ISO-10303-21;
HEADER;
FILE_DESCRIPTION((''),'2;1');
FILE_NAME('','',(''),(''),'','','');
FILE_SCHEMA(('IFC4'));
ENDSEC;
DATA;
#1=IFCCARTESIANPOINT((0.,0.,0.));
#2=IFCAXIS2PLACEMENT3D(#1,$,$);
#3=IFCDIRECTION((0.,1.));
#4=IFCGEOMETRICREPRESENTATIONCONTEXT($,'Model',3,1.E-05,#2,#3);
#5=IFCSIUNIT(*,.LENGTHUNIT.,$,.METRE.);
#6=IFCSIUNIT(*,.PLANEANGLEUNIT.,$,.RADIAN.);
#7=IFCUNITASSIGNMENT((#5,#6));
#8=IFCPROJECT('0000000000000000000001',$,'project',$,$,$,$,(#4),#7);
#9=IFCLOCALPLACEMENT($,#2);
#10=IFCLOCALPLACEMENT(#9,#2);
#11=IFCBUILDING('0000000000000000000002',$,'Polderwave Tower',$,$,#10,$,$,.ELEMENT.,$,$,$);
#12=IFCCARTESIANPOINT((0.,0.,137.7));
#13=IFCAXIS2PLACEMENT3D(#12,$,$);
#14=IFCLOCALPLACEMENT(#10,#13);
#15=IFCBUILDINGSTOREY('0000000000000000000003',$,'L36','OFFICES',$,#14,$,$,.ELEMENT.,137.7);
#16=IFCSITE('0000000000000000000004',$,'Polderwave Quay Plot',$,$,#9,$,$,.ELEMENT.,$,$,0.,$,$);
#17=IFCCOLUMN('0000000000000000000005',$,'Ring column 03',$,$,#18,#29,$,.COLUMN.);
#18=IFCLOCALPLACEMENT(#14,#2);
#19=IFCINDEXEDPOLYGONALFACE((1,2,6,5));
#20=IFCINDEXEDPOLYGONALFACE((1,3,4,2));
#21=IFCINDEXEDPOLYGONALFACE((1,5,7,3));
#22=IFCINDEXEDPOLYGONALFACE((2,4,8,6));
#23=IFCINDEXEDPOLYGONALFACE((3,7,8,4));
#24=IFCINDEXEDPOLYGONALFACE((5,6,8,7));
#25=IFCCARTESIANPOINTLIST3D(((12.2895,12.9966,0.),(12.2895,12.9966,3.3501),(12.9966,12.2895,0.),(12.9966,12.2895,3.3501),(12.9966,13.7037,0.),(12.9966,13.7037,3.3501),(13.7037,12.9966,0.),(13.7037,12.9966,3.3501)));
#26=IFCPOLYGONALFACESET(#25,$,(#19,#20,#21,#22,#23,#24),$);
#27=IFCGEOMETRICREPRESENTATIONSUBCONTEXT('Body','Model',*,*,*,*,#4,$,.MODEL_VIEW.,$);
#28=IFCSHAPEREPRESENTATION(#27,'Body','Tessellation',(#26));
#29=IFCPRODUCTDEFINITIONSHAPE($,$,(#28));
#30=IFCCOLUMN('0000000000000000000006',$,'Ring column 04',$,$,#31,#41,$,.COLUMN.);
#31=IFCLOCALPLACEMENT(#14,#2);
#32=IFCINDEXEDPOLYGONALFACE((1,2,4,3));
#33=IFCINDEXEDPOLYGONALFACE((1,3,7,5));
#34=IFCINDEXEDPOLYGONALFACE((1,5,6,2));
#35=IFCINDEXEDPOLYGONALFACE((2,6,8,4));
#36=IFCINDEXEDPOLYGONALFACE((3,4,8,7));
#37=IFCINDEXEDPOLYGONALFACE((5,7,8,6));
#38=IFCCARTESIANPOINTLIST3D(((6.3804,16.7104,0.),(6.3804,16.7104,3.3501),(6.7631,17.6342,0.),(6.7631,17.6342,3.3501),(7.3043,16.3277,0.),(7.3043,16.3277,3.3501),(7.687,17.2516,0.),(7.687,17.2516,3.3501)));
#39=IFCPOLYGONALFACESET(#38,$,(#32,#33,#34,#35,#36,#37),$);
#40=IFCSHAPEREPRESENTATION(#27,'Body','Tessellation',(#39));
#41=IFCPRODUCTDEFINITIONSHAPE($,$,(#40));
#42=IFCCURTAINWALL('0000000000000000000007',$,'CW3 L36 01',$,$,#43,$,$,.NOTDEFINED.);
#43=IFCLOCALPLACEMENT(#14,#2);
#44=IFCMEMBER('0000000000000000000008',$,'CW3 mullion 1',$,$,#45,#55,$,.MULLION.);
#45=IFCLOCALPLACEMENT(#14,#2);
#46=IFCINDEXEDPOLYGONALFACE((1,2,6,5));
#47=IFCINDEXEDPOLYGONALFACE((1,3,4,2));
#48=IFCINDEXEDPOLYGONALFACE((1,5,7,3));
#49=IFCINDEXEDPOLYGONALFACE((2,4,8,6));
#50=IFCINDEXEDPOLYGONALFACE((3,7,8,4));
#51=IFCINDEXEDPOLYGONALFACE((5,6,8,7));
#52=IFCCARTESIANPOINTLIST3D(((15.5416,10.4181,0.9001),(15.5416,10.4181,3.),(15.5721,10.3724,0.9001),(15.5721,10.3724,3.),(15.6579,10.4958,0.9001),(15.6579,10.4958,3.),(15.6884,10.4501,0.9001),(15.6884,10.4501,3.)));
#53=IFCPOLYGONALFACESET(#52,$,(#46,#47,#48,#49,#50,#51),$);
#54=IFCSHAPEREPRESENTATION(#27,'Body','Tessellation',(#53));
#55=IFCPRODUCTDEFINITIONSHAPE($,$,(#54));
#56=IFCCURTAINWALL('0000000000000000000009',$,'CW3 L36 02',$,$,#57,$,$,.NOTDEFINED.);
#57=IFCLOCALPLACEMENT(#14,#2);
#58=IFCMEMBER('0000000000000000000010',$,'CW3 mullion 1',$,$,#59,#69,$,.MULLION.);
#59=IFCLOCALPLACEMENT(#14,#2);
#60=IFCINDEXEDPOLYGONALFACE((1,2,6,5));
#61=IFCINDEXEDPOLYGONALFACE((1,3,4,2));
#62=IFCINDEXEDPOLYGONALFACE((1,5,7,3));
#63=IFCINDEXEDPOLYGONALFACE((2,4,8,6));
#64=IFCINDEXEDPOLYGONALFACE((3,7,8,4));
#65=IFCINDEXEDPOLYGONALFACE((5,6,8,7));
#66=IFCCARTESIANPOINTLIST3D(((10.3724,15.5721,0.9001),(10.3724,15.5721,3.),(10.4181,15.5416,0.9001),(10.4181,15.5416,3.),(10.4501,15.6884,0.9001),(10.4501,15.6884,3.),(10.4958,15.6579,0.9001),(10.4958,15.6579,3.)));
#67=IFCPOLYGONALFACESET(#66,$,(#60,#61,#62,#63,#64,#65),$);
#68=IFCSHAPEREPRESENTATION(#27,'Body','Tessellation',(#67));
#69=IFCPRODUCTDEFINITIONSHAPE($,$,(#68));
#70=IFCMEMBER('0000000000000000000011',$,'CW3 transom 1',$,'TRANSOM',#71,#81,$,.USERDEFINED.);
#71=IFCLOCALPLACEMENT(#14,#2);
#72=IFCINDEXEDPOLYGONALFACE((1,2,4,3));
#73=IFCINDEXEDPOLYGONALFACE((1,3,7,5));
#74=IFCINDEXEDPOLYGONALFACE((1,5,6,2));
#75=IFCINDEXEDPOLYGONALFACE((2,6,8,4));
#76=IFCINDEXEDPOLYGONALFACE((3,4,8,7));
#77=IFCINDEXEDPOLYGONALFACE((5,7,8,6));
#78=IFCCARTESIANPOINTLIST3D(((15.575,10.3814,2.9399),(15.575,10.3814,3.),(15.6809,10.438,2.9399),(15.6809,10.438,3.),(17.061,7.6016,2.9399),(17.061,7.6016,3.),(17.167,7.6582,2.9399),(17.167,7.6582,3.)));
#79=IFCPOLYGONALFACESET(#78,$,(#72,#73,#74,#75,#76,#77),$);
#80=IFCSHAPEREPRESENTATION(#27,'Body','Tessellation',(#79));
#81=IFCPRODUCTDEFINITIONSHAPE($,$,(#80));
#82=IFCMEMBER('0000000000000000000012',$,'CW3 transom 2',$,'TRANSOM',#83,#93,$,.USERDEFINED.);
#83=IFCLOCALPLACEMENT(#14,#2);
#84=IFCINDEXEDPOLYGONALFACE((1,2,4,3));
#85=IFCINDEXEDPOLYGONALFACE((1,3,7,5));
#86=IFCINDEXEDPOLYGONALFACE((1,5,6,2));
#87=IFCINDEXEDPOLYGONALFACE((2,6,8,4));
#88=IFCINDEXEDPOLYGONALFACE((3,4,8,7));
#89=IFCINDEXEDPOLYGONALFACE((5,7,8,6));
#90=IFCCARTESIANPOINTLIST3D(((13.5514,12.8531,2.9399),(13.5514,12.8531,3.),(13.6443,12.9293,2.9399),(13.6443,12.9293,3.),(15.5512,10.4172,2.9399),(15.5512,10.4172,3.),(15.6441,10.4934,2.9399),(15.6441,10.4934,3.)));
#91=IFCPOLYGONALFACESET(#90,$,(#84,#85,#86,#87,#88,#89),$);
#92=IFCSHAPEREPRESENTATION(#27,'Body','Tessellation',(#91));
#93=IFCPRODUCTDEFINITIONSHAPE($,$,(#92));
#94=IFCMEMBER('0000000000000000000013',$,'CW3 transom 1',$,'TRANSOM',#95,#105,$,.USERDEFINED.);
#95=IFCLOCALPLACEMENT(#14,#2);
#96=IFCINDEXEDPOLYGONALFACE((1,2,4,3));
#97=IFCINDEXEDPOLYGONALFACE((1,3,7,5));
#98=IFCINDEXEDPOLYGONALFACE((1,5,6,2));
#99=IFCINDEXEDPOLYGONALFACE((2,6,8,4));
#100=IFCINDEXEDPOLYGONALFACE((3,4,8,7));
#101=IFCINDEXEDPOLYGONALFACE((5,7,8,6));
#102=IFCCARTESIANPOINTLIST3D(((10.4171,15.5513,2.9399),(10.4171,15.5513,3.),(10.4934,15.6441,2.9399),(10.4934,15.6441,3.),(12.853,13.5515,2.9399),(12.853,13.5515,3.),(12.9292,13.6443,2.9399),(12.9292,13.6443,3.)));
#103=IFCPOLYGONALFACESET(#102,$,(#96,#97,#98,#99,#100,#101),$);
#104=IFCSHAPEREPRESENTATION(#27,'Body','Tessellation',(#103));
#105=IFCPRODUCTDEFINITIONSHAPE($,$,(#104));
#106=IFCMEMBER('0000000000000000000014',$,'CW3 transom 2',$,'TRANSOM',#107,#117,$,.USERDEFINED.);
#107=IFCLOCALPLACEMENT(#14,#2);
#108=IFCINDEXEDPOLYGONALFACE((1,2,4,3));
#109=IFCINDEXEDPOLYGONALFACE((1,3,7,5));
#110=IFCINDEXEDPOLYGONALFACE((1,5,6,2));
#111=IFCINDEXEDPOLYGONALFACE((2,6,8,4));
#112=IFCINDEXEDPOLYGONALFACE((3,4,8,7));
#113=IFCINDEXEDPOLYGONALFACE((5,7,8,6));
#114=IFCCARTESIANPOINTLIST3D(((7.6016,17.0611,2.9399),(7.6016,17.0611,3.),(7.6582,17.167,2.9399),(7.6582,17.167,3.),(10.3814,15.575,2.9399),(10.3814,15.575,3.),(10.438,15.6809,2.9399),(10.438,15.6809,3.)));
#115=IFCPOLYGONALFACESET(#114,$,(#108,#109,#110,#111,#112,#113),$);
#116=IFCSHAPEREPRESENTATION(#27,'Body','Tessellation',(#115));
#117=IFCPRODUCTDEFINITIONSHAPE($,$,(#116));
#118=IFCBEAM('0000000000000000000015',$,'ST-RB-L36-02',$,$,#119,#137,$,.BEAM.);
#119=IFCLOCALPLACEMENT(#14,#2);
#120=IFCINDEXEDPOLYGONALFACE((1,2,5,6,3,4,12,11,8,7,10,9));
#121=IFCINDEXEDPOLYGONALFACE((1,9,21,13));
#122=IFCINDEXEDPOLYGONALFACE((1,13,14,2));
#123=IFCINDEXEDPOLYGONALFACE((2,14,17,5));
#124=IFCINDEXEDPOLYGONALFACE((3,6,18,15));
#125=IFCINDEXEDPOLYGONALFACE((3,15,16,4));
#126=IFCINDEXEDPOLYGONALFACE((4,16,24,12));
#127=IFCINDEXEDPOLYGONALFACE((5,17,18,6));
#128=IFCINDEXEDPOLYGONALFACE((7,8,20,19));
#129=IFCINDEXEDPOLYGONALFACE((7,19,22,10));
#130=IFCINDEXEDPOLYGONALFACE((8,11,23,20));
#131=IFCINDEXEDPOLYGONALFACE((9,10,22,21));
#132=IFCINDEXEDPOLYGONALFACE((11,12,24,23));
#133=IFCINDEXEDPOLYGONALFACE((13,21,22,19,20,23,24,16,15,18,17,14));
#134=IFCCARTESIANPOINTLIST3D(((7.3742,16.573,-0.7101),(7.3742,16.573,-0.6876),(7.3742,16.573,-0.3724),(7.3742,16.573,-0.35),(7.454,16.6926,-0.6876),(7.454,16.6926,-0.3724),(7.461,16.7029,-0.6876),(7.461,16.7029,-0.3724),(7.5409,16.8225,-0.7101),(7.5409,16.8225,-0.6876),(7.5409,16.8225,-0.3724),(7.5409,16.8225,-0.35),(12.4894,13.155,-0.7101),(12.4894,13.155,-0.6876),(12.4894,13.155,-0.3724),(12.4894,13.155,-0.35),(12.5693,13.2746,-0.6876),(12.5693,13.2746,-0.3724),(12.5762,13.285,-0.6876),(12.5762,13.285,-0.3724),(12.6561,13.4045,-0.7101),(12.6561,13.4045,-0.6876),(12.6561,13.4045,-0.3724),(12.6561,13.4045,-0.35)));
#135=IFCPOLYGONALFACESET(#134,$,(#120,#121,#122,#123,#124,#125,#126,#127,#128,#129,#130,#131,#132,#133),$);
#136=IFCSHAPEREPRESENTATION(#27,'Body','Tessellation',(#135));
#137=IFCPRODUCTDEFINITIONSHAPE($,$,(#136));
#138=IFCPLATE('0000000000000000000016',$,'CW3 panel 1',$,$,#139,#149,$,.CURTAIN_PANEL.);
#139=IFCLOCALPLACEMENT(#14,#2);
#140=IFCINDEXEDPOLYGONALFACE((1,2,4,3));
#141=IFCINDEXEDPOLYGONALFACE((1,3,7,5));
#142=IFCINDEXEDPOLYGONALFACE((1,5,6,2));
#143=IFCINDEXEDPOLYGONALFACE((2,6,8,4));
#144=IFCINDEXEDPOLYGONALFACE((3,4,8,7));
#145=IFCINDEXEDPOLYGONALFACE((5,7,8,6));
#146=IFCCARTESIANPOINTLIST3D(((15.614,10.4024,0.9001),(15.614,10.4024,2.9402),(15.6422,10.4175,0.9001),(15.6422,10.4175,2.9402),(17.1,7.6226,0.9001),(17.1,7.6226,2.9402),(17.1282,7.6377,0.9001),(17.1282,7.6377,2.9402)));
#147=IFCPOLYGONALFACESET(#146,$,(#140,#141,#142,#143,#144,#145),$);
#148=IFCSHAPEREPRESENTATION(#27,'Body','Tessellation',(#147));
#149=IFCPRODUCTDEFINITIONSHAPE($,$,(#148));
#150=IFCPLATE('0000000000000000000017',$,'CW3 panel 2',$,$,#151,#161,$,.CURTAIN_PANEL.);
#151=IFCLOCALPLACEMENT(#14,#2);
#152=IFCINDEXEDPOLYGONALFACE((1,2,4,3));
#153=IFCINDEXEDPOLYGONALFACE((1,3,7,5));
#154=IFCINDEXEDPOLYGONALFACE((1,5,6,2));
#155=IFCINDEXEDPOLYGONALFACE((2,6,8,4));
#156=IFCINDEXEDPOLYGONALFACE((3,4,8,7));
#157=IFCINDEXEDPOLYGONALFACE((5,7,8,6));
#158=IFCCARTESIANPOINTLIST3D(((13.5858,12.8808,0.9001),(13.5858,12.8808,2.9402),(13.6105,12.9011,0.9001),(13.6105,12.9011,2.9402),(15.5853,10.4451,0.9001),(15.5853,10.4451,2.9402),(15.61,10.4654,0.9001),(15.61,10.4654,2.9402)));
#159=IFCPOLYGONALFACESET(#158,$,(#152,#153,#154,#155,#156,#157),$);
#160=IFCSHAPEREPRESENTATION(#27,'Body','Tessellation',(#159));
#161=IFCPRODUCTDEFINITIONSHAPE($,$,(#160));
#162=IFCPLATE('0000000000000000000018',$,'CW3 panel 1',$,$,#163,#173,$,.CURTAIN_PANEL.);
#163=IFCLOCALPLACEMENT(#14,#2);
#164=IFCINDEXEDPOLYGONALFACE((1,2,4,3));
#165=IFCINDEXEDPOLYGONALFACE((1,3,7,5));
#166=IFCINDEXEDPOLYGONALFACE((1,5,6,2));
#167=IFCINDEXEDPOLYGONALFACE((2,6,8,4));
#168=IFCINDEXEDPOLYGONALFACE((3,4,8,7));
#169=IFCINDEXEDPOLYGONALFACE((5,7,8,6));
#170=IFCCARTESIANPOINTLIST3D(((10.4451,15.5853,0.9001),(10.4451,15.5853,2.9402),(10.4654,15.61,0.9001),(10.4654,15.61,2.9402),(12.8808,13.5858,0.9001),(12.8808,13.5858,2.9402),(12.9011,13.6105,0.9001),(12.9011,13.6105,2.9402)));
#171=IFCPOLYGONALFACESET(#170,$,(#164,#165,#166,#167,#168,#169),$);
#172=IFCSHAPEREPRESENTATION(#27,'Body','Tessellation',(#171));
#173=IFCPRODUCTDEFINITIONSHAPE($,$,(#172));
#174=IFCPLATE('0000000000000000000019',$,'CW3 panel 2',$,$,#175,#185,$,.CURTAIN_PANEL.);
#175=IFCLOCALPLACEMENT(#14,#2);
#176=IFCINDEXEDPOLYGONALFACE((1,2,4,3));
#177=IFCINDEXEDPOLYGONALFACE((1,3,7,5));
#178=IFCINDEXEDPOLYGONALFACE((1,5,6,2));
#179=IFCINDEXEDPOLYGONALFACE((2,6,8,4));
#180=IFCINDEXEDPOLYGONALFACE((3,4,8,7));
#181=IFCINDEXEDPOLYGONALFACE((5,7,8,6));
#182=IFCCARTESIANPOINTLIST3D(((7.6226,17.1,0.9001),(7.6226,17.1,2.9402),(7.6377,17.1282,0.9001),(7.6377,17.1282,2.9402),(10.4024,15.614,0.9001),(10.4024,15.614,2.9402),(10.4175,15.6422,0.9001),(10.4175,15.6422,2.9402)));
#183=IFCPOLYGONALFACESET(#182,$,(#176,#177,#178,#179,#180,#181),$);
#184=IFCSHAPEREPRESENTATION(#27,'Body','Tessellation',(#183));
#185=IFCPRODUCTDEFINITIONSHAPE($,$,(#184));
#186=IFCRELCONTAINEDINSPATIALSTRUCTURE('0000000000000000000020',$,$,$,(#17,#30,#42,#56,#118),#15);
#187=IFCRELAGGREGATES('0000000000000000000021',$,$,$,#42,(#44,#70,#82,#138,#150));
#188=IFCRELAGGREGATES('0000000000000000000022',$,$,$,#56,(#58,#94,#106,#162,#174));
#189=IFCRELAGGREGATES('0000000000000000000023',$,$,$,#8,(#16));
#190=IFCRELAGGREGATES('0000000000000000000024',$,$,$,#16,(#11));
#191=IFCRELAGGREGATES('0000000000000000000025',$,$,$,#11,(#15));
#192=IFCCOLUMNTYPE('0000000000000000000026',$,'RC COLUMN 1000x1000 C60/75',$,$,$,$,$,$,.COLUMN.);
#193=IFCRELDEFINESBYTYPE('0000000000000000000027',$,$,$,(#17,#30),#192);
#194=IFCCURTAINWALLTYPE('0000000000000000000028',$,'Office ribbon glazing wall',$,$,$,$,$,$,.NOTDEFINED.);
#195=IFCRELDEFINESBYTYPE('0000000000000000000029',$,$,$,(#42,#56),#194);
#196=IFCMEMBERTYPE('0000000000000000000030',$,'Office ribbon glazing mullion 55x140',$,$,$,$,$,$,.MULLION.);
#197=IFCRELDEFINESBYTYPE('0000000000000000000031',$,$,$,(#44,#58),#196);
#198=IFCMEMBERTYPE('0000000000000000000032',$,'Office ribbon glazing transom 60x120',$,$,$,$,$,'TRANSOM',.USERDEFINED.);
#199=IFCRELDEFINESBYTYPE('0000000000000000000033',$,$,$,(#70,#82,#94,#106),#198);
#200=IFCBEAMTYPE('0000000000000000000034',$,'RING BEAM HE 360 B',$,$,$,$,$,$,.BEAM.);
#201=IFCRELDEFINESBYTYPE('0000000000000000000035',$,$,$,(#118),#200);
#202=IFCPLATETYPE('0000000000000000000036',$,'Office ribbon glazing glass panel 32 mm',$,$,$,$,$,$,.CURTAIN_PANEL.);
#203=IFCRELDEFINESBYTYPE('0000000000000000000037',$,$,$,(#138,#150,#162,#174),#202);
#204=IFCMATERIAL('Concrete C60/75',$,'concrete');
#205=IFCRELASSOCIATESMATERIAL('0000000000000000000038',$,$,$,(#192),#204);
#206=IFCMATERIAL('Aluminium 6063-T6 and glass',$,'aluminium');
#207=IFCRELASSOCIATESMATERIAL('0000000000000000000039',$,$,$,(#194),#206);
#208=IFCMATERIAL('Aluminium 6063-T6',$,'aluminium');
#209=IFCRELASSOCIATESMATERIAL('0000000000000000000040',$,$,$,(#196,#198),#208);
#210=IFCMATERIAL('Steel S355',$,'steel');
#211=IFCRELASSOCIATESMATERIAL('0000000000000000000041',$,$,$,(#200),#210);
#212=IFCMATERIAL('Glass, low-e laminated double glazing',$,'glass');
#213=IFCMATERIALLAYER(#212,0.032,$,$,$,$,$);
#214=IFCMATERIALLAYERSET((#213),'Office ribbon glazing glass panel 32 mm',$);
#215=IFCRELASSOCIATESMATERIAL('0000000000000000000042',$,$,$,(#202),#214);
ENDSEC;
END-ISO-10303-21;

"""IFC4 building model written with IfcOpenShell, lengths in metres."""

from ifc_helpers import new_model, si_unit, direction, frame, origin, origin_2d, place, context, subcontext, project, spatial, rectangle, i_section, extrude, material, layer, layer_set, material_profile, profile_set, type_object, element, aggregate, save


model = new_model("IFC4")

# Units and contexts
model_context = context("Model", 3, precision=1e-05, world=origin(), true_north=direction((0.0, 1.0)))
body_context = subcontext(model_context, "Body", "Model", "MODEL_VIEW")
ifc_project = project(units=[si_unit("LENGTHUNIT", "METRE"), si_unit("PLANEANGLEUNIT", "RADIAN")], contexts=[model_context])

# Site, building, storey
site_placement = place(None, origin())
site = spatial("IfcSite", under=ifc_project, at=site_placement, Name="Polderwave Quay Plot", CompositionType="ELEMENT", RefElevation=0.0)
building_placement = place(site_placement, origin())
building = spatial("IfcBuilding", under=site, at=building_placement, Name="Polderwave Tower", CompositionType="ELEMENT")
storey_placement = place(building_placement, frame((0.0, 0.0, 137.7)))
storey = spatial("IfcBuildingStorey", under=building, at=storey_placement, Name="L36", Description="OFFICES", CompositionType="ELEMENT", Elevation=137.7)

# Columns
ifc_material_1 = material(Name="Concrete C60/75", Category="concrete")
ifc_material_profile_1 = material_profile(ifc_material_1, rectangle(XDim=1.0, YDim=1.0, at=origin_2d()), Name="RC 1000x1000")
ifc_profile_set_1 = profile_set([ifc_material_profile_1], Name="Concrete C60/75")
column_type = type_object("IfcColumnType", Name="RC COLUMN 1000x1000 C60/75", PredefinedType="COLUMN", material=ifc_profile_set_1)
for number, where, z_axis, x_axis, name in (
    (1, (12.9966, 12.9966, 0.0), (0.0, 0.0, 1.0), (0.707107, 0.707107, 0.0), "Ring column 03"),
    (2, (7.0337, 16.981, 0.0), (0.0, 0.0, 1.0), (0.382683, 0.92388, 0.0), "Ring column 04"),
):
    element("IfcColumn", number, at=place(storey_placement, frame(where, z_axis=z_axis, x_axis=x_axis)), inside=storey, type_object=column_type, Name=name, PredefinedType="COLUMN", context=body_context, shape_type="SweptSolid", body=[
        extrude(rectangle(XDim=1.0, YDim=1.0, at=origin_2d()), origin(), (0.0, 0.0, 1.0), 3.3501),
    ])

# Curtain walls, members
ifc_material_2 = material(Name="Aluminium 6063-T6 and glass", Category="aluminium")
curtain_wall_type = type_object("IfcCurtainWallType", Name="Office ribbon glazing wall", PredefinedType="NOTDEFINED", material=ifc_material_2)
curtain_wall_1_placement = place(storey_placement, origin())
curtain_wall_1 = element("IfcCurtainWall", 3, at=curtain_wall_1_placement, inside=storey, type_object=curtain_wall_type, Name="CW3 L36 01", PredefinedType="NOTDEFINED")
ifc_material_3 = material(Name="Aluminium 6063-T6", Category="aluminium")
ifc_material_profile_2 = material_profile(ifc_material_3, rectangle(XDim=0.1399, YDim=0.0549, at=origin_2d()), Name="AL 55x140")
ifc_profile_set_2 = profile_set([ifc_material_profile_2], Name="Aluminium 6063-T6")
member_type_1 = type_object("IfcMemberType", Name="Office ribbon glazing mullion 55x140", PredefinedType="MULLION", material=ifc_profile_set_2)
member_1_placement = place(storey_placement, frame((15.615, 10.4341, 0.9001), z_axis=(0.0, 0.0, 1.0), x_axis=(-0.831411, -0.555657, 0.0)))
member_1 = element("IfcMember", 4, at=member_1_placement, type_object=member_type_1, Name="CW3 mullion 1", PredefinedType="MULLION", context=body_context, shape_type="SweptSolid", body=[
    extrude(rectangle(XDim=0.1399, YDim=0.0549, at=origin_2d()), origin(), (0.0, 0.0, 1.0), 2.0999),
])
curtain_wall_2_placement = place(storey_placement, origin())
curtain_wall_2 = element("IfcCurtainWall", 5, at=curtain_wall_2_placement, inside=storey, type_object=curtain_wall_type, Name="CW3 L36 02", PredefinedType="NOTDEFINED")
member_2_placement = place(storey_placement, frame((10.4341, 15.615, 0.9001), z_axis=(0.0, 0.0, 1.0), x_axis=(-0.555657, -0.831411, 0.0)))
member_2 = element("IfcMember", 6, at=member_2_placement, type_object=member_type_1, Name="CW3 mullion 1", PredefinedType="MULLION", context=body_context, shape_type="SweptSolid", body=[
    extrude(rectangle(XDim=0.1399, YDim=0.0549, at=origin_2d()), origin(), (0.0, 0.0, 1.0), 2.0999),
])

# Members
ifc_material_profile_3 = material_profile(ifc_material_3, rectangle(XDim=0.1201, YDim=0.0601, at=origin_2d()), Name="AL 60x120")
ifc_profile_set_3 = profile_set([ifc_material_profile_3], Name="Aluminium 6063-T6")
member_type_2 = type_object("IfcMemberType", Name="Office ribbon glazing transom 60x120", ElementType="TRANSOM", PredefinedType="USERDEFINED", material=ifc_profile_set_3)
member_3_placement = place(storey_placement, frame((17.114, 7.6299, 2.97), z_axis=(-0.47146, 0.881887, 0.0), x_axis=(-0.881887, -0.47146, 0.0)))
member_3 = element("IfcMember", 7, at=member_3_placement, type_object=member_type_2, Name="CW3 transom 1", ObjectType="TRANSOM", PredefinedType="USERDEFINED", context=body_context, shape_type="SweptSolid", body=[
    extrude(rectangle(XDim=0.1201, YDim=0.0601, at=origin_2d()), origin(), (0.0, 0.0, 1.0), 3.1521),
])
member_4_placement = place(storey_placement, frame((15.5977, 10.4553, 2.97), z_axis=(-0.634536, 0.772893, 0.0), x_axis=(-0.772893, -0.634536, 0.0)))
member_4 = element("IfcMember", 8, at=member_4_placement, type_object=member_type_2, Name="CW3 transom 2", ObjectType="TRANSOM", PredefinedType="USERDEFINED", context=body_context, shape_type="SweptSolid", body=[
    extrude(rectangle(XDim=0.1201, YDim=0.0601, at=origin_2d()), origin(), (0.0, 0.0, 1.0), 3.1516),
])
member_5_placement = place(storey_placement, frame((12.8911, 13.5979, 2.97), z_axis=(-0.772893, 0.634536, 0.0), x_axis=(-0.634536, -0.772893, 0.0)))
member_5 = element("IfcMember", 9, at=member_5_placement, type_object=member_type_2, Name="CW3 transom 1", ObjectType="TRANSOM", PredefinedType="USERDEFINED", context=body_context, shape_type="SweptSolid", body=[
    extrude(rectangle(XDim=0.1201, YDim=0.0601, at=origin_2d()), origin(), (0.0, 0.0, 1.0), 3.1516),
])
member_6_placement = place(storey_placement, frame((10.4097, 15.6279, 2.97), z_axis=(-0.881887, 0.47146, 0.0), x_axis=(-0.47146, -0.881887, 0.0)))
member_6 = element("IfcMember", 10, at=member_6_placement, type_object=member_type_2, Name="CW3 transom 2", ObjectType="TRANSOM", PredefinedType="USERDEFINED", context=body_context, shape_type="SweptSolid", body=[
    extrude(rectangle(XDim=0.1201, YDim=0.0601, at=origin_2d()), origin(), (0.0, 0.0, 1.0), 3.1521),
])

# Beam
ifc_material_4 = material(Name="Steel S355", Category="steel")
ifc_material_profile_4 = material_profile(ifc_material_4, i_section(OverallWidth=0.3, OverallDepth=0.3601, WebThickness=0.0125, FlangeThickness=0.0225, at=origin_2d()), Name="HE 360 B")
ifc_profile_set_4 = profile_set([ifc_material_profile_4], Name="Steel S355")
beam_type = type_object("IfcBeamType", Name="RING BEAM HE 360 B", PredefinedType="BEAM", material=ifc_profile_set_4)
beam_placement = place(storey_placement, frame((12.5728, 13.2798, -0.53), z_axis=(-0.831464, 0.555579, 0.0), x_axis=(-0.555579, -0.831464, 0.0)))
element("IfcBeam", 11, at=beam_placement, inside=storey, type_object=beam_type, Name="ST-RB-L36-02", PredefinedType="BEAM", context=body_context, shape_type="SweptSolid", body=[
    extrude(i_section(OverallWidth=0.3, OverallDepth=0.3601, WebThickness=0.0125, FlangeThickness=0.0225, at=origin_2d()), origin(), (0.0, 0.0, 1.0), 6.1521),
])

# Plates
ifc_material_5 = material(Name="Glass, low-e laminated double glazing", Category="glass")
ifc_layer_1 = layer(ifc_material_5, 0.032)
ifc_layer_set_1 = layer_set([ifc_layer_1], Name="Office ribbon glazing glass panel 32 mm")
plate_type = type_object("IfcPlateType", Name="Office ribbon glazing glass panel 32 mm", PredefinedType="CURTAIN_PANEL", material=ifc_layer_set_1)
plate_1_placement = place(storey_placement, frame((16.3711, 9.02, 0.9001), z_axis=(0.0, 0.0, 1.0), x_axis=(-0.471454, 0.881891, 0.0)))
plate_1 = element("IfcPlate", 12, at=plate_1_placement, type_object=plate_type, Name="CW3 panel 1", PredefinedType="CURTAIN_PANEL", context=body_context, shape_type="SweptSolid", body=[
    extrude(rectangle(XDim=3.1521, YDim=0.032, at=origin_2d()), origin(), (0.0, 0.0, 1.0), 2.04),
])
plate_2_placement = place(storey_placement, frame((14.5979, 11.6731, 0.9001), z_axis=(0.0, 0.0, 1.0), x_axis=(-0.634505, 0.772919, 0.0)))
plate_2 = element("IfcPlate", 13, at=plate_2_placement, type_object=plate_type, Name="CW3 panel 2", PredefinedType="CURTAIN_PANEL", context=body_context, shape_type="SweptSolid", body=[
    extrude(rectangle(XDim=3.1514, YDim=0.032, at=origin_2d()), origin(), (0.0, 0.0, 1.0), 2.04),
])
aggregate(curtain_wall_1, [member_1, member_3, member_4, plate_1, plate_2])
plate_3_placement = place(storey_placement, frame((11.6731, 14.5979, 0.9001), z_axis=(0.0, 0.0, 1.0), x_axis=(-0.772919, 0.634505, 0.0)))
plate_3 = element("IfcPlate", 14, at=plate_3_placement, type_object=plate_type, Name="CW3 panel 1", PredefinedType="CURTAIN_PANEL", context=body_context, shape_type="SweptSolid", body=[
    extrude(rectangle(XDim=3.1514, YDim=0.032, at=origin_2d()), origin(), (0.0, 0.0, 1.0), 2.04),
])
plate_4_placement = place(storey_placement, frame((9.02, 16.3711, 0.9001), z_axis=(0.0, 0.0, 1.0), x_axis=(-0.881891, 0.471454, 0.0)))
plate_4 = element("IfcPlate", 15, at=plate_4_placement, type_object=plate_type, Name="CW3 panel 2", PredefinedType="CURTAIN_PANEL", context=body_context, shape_type="SweptSolid", body=[
    extrude(rectangle(XDim=3.1521, YDim=0.032, at=origin_2d()), origin(), (0.0, 0.0, 1.0), 2.04),
])
aggregate(curtain_wall_2, [member_2, member_5, member_6, plate_3, plate_4])

save(model, "model.ifc")
